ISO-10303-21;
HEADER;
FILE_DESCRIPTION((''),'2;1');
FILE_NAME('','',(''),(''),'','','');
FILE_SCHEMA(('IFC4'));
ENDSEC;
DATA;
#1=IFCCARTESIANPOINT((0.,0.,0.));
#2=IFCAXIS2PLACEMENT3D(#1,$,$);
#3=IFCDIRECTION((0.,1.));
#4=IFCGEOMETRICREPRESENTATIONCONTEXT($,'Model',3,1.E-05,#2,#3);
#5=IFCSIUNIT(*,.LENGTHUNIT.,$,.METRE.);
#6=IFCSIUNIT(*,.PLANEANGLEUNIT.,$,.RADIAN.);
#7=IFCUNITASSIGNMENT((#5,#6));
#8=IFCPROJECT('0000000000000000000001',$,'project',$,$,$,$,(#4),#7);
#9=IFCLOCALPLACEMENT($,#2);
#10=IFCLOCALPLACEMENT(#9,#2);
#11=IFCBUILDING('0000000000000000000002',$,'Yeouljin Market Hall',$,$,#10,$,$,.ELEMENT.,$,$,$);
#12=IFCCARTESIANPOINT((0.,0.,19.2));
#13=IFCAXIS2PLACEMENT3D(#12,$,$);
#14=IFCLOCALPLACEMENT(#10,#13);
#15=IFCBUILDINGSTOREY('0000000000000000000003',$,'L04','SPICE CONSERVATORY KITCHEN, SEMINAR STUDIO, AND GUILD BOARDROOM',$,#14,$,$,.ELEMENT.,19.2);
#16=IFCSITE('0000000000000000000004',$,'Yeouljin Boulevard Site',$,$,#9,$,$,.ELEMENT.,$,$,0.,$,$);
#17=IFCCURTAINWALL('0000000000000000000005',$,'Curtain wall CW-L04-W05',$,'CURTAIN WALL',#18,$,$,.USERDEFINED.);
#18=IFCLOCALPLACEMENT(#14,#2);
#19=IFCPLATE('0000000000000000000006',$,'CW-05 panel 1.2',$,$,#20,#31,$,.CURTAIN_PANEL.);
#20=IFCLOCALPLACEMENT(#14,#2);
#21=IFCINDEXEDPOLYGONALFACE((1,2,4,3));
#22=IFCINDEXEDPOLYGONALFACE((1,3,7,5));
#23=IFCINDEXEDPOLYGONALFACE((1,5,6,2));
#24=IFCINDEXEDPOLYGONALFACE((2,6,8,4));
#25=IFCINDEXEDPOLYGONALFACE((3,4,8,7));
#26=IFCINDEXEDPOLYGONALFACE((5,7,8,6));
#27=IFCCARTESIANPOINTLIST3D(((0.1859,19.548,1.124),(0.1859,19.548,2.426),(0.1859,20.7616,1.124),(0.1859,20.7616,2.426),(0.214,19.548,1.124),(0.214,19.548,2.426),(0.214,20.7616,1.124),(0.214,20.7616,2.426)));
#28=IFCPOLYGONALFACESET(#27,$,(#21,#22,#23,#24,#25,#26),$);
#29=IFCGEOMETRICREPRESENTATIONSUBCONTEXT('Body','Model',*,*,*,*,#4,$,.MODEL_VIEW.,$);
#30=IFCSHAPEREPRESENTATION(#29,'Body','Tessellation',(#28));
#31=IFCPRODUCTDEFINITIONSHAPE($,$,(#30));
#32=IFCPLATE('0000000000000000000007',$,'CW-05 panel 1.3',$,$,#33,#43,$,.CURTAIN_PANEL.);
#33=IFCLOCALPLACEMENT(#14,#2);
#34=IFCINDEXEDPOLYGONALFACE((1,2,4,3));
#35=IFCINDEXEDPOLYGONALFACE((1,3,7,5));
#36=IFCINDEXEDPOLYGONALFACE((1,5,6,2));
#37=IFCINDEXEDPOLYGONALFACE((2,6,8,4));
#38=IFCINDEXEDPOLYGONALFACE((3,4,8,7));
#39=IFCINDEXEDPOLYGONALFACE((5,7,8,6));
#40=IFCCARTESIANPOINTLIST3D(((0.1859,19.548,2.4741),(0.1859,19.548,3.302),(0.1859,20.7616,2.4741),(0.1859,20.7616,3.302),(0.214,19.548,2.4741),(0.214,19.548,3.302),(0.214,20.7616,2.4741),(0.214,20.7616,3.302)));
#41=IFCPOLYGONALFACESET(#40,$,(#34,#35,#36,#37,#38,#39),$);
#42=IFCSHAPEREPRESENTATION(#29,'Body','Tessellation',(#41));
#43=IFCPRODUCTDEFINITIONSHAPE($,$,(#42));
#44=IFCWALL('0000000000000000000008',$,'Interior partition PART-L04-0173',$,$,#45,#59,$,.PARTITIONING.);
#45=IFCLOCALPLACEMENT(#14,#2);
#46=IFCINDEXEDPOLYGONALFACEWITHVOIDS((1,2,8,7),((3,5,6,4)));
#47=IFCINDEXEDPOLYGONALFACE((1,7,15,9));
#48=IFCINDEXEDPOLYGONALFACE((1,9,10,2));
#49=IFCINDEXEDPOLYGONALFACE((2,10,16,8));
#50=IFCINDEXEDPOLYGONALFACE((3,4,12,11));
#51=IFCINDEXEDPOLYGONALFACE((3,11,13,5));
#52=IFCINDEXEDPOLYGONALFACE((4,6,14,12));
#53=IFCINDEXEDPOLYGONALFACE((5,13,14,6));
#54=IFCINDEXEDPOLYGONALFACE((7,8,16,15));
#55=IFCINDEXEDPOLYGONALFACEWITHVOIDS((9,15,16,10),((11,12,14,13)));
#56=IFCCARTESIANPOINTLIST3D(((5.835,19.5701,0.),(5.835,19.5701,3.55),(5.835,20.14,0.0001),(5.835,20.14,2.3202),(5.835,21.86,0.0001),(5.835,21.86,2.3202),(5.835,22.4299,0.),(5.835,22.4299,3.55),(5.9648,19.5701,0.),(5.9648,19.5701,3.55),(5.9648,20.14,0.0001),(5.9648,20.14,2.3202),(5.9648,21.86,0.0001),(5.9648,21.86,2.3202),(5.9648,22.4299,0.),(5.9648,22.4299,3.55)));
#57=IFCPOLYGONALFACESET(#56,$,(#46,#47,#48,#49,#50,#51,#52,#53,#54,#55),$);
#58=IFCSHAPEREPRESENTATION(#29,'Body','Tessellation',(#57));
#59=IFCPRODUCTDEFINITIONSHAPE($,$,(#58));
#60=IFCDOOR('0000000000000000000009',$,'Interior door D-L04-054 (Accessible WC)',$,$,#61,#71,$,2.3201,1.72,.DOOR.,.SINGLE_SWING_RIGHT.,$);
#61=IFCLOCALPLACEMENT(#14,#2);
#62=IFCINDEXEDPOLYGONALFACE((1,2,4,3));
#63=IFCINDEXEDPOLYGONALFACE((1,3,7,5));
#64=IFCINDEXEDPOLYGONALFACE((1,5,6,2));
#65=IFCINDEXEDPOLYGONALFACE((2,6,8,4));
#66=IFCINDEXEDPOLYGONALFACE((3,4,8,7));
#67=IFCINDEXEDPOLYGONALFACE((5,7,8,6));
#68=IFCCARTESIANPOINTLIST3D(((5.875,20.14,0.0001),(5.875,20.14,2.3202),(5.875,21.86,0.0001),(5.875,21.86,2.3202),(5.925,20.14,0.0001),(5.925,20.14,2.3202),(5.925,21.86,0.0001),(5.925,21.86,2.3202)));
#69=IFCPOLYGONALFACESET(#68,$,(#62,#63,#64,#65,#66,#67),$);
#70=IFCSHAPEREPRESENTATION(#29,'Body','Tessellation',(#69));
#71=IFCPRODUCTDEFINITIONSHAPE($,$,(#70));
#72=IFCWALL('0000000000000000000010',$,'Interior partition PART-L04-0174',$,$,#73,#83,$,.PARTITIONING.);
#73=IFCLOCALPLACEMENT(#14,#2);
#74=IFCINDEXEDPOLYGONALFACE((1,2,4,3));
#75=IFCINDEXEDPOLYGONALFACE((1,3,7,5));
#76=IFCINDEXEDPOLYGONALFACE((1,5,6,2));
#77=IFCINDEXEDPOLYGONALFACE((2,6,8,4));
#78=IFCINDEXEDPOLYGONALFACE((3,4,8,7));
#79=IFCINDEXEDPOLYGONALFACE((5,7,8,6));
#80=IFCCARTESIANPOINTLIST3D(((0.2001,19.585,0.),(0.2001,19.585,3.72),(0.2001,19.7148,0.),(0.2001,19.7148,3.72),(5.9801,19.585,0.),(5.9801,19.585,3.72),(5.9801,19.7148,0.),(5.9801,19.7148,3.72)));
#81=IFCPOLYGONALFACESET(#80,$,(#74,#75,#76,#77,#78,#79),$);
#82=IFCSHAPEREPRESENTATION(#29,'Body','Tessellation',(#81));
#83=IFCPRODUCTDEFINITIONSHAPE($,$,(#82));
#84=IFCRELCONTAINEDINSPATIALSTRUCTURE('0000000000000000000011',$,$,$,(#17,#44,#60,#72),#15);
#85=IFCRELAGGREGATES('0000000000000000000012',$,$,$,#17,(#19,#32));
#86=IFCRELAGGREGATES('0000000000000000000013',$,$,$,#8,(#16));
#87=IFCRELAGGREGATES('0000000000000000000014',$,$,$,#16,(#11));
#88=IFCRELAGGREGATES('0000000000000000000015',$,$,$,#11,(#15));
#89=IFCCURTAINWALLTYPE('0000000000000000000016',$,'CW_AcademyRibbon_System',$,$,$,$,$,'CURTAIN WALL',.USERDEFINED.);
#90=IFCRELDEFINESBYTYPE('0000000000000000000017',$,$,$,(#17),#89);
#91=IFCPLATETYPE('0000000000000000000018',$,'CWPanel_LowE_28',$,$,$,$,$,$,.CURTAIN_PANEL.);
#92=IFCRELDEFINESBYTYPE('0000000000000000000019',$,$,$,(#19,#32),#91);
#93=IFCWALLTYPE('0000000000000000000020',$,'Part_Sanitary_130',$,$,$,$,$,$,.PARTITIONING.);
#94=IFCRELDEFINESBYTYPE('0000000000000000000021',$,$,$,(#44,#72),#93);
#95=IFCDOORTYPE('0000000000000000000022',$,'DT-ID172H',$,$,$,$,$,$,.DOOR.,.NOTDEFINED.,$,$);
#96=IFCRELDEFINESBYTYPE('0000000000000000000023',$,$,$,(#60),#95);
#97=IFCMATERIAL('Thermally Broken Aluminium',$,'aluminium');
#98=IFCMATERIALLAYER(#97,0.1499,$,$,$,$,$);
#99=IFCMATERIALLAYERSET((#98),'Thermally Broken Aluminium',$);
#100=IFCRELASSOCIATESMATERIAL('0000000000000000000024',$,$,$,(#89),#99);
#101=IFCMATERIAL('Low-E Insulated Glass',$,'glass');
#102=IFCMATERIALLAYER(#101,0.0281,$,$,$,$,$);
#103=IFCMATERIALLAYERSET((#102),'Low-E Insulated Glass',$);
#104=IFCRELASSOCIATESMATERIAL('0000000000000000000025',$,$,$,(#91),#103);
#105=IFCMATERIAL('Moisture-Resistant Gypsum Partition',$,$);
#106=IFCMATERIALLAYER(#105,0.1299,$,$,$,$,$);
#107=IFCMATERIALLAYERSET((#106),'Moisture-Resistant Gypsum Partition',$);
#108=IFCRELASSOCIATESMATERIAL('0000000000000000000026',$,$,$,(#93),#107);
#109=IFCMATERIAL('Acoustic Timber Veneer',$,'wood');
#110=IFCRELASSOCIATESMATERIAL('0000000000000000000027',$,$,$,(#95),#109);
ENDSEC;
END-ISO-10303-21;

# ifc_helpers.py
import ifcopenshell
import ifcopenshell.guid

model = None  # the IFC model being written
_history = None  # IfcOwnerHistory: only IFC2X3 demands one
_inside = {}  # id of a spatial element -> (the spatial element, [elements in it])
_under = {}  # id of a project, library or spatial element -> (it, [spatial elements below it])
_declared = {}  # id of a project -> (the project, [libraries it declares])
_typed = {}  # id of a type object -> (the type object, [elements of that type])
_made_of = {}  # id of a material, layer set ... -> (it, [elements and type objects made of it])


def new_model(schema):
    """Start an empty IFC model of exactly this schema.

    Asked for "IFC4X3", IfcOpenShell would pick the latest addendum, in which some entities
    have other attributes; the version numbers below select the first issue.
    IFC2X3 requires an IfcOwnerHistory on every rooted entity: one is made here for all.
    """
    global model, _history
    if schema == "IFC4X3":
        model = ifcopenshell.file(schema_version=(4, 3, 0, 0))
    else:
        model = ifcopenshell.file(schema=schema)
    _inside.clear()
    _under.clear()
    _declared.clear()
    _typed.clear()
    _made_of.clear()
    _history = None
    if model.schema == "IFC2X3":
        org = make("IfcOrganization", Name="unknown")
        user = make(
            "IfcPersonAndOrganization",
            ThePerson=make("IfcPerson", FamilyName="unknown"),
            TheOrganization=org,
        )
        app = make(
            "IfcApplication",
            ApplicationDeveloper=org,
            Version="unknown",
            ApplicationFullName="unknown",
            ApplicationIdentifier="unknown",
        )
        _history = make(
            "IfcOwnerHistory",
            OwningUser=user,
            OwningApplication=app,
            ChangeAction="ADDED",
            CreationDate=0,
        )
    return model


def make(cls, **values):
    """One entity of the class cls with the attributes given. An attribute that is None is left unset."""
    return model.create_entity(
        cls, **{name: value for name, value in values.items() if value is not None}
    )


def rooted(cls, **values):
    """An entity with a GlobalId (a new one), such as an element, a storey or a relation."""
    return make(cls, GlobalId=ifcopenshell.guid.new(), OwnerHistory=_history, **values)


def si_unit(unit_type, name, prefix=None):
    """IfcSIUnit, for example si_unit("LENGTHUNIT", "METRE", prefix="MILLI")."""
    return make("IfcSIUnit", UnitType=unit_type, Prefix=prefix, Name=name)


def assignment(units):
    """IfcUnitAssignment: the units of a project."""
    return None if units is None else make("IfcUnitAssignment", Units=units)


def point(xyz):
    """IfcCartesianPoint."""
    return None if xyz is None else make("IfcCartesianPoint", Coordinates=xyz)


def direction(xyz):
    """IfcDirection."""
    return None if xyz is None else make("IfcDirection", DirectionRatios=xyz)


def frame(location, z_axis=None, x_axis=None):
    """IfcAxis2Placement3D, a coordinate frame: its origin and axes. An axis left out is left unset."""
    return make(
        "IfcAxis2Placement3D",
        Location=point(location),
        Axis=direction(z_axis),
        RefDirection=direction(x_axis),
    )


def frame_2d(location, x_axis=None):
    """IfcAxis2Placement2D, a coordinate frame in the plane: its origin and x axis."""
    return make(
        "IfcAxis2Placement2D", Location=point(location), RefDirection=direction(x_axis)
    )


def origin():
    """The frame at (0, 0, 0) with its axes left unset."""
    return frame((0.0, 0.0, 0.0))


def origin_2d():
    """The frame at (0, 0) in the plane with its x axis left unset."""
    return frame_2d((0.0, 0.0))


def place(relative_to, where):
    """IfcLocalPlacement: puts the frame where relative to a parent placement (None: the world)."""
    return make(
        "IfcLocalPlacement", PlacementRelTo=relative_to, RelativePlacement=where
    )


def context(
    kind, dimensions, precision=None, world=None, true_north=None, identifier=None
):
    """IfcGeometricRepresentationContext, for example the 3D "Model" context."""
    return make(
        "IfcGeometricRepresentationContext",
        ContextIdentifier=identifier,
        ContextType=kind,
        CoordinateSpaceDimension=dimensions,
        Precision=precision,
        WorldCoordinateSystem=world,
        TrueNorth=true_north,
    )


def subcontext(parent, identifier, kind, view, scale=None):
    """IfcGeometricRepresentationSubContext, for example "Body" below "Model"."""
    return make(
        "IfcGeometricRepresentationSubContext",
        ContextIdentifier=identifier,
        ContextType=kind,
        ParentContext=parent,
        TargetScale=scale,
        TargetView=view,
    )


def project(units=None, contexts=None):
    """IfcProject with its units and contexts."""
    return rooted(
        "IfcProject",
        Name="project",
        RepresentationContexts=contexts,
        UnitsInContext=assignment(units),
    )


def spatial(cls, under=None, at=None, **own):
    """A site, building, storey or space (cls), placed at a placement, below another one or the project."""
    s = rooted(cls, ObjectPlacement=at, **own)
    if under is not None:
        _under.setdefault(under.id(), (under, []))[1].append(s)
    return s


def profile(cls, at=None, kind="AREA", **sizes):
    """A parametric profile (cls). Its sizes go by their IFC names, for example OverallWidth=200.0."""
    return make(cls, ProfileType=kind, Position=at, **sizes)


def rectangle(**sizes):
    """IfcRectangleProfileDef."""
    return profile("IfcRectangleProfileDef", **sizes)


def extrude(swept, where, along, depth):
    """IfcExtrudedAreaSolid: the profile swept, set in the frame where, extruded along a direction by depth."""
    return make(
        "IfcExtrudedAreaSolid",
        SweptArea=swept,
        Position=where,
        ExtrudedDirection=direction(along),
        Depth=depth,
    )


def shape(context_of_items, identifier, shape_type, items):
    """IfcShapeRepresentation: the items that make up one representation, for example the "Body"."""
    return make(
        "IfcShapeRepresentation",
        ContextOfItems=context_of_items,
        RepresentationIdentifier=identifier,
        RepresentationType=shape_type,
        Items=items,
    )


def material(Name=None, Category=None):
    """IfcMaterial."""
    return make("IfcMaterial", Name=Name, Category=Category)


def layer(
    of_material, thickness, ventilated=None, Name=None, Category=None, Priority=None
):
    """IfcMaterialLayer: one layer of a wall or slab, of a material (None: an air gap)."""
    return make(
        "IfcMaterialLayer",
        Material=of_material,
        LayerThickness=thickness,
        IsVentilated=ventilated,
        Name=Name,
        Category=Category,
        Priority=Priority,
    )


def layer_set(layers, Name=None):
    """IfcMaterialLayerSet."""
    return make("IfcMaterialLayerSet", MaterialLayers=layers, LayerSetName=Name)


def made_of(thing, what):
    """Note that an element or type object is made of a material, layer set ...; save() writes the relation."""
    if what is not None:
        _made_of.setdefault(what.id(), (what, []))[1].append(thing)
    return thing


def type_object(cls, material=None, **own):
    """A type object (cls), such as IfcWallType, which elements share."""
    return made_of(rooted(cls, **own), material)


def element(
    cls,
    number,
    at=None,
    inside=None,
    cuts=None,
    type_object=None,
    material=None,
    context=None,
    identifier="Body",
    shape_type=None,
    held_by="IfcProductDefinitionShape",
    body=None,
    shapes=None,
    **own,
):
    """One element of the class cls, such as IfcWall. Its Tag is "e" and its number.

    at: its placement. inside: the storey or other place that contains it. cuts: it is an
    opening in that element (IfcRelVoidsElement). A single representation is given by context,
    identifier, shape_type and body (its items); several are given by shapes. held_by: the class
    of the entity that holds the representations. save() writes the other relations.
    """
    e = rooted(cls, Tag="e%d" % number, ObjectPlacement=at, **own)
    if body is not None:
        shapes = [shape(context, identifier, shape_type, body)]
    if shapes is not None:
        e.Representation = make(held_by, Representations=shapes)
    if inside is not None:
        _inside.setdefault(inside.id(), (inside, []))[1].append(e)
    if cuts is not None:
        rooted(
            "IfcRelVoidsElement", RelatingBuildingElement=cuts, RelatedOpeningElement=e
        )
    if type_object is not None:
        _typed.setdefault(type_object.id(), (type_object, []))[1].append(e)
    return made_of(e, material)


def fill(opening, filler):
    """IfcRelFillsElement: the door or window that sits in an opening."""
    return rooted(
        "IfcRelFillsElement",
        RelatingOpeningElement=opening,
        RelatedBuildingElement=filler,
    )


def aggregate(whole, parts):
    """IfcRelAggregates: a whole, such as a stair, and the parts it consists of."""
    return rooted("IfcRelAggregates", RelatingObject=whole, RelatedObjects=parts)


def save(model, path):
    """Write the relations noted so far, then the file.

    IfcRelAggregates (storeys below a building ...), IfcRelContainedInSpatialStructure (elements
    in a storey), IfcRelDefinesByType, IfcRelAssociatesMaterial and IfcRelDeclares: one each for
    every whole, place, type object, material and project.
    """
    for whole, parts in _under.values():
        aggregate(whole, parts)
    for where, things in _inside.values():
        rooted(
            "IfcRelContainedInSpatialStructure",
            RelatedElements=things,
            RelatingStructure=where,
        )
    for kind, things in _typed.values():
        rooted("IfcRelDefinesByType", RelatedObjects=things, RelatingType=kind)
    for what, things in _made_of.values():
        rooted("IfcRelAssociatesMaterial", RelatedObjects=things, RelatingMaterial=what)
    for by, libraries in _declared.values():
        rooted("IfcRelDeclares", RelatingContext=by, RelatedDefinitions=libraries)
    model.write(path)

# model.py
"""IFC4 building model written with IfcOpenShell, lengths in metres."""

from ifc_helpers import new_model, si_unit, direction, frame, frame_2d, origin, origin_2d, place, context, subcontext, project, spatial, rectangle, extrude, material, layer, layer_set, type_object, element, fill, aggregate, save


model = new_model("IFC4")

# Units and contexts
model_context = context("Model", 3, precision=1e-05, world=origin(), true_north=direction((0.0, 1.0)))
body_context = subcontext(model_context, "Body", "Model", "MODEL_VIEW")
ifc_project = project(units=[si_unit("LENGTHUNIT", "METRE"), si_unit("PLANEANGLEUNIT", "RADIAN")], contexts=[model_context])

# Site, building, storey
site_placement = place(None, origin())
site = spatial("IfcSite", under=ifc_project, at=site_placement, Name="Yeouljin Boulevard Site", CompositionType="ELEMENT", RefElevation=0.0)
building_placement = place(site_placement, origin())
building = spatial("IfcBuilding", under=site, at=building_placement, Name="Yeouljin Market Hall", CompositionType="ELEMENT")
storey_placement = place(building_placement, frame((0.0, 0.0, 19.2)))
storey = spatial("IfcBuildingStorey", under=building, at=storey_placement, Name="L04", Description="SPICE CONSERVATORY KITCHEN, SEMINAR STUDIO, AND GUILD BOARDROOM", CompositionType="ELEMENT", Elevation=19.2)

# Curtain wall
ifc_material_1 = material(Name="Thermally Broken Aluminium", Category="aluminium")
ifc_layer_1 = layer(ifc_material_1, 0.1499)
ifc_layer_set_1 = layer_set([ifc_layer_1], Name="Thermally Broken Aluminium")
curtain_wall_type = type_object("IfcCurtainWallType", Name="CW_AcademyRibbon_System", ElementType="CURTAIN WALL", PredefinedType="USERDEFINED", material=ifc_layer_set_1)
curtain_wall_placement = place(storey_placement, origin())
curtain_wall = element("IfcCurtainWall", 1, at=curtain_wall_placement, inside=storey, type_object=curtain_wall_type, Name="Curtain wall CW-L04-W05", ObjectType="CURTAIN WALL", PredefinedType="USERDEFINED")

# Plates
ifc_material_2 = material(Name="Low-E Insulated Glass", Category="glass")
ifc_layer_2 = layer(ifc_material_2, 0.0281)
ifc_layer_set_2 = layer_set([ifc_layer_2], Name="Low-E Insulated Glass")
plate_type = type_object("IfcPlateType", Name="CWPanel_LowE_28", PredefinedType="CURTAIN_PANEL", material=ifc_layer_set_2)
plate_1_placement = place(storey_placement, frame((0.2, 20.1548, 1.124), z_axis=(0.0, 0.0, 1.0), x_axis=(0.0, 1.0, 0.0)))
plate_1 = element("IfcPlate", 2, at=plate_1_placement, type_object=plate_type, Name="CW-05 panel 1.2", PredefinedType="CURTAIN_PANEL", context=body_context, shape_type="SweptSolid", body=[
    extrude(rectangle(XDim=1.2136, YDim=0.0281, at=origin_2d()), origin(), (0.0, 0.0, 1.0), 1.302),
])
plate_2_placement = place(storey_placement, frame((0.2, 20.1548, 2.4741), z_axis=(0.0, 0.0, 1.0), x_axis=(0.0, 1.0, 0.0)))
plate_2 = element("IfcPlate", 3, at=plate_2_placement, type_object=plate_type, Name="CW-05 panel 1.3", PredefinedType="CURTAIN_PANEL", context=body_context, shape_type="SweptSolid", body=[
    extrude(rectangle(XDim=1.2136, YDim=0.0281, at=origin_2d()), origin(), (0.0, 0.0, 1.0), 0.8279),
])
aggregate(curtain_wall, [plate_1, plate_2])

# Wall, opening, door
ifc_material_3 = material(Name="Moisture-Resistant Gypsum Partition")
ifc_layer_3 = layer(ifc_material_3, 0.1299)
ifc_layer_set_3 = layer_set([ifc_layer_3], Name="Moisture-Resistant Gypsum Partition")
wall_type_1 = type_object("IfcWallType", Name="Part_Sanitary_130", PredefinedType="PARTITIONING", material=ifc_layer_set_3)
wall_1_placement = place(storey_placement, frame((5.8999, 19.5701, 0.0), z_axis=(0.0, 0.0, 1.0), x_axis=(0.0, 1.0, 0.0)))
wall_1 = element("IfcWall", 4, at=wall_1_placement, inside=storey, type_object=wall_type_1, Name="Interior partition PART-L04-0173", PredefinedType="PARTITIONING", context=body_context, shape_type="SweptSolid", body=[
    extrude(rectangle(XDim=2.8599, YDim=0.1299, at=frame_2d((1.4299, 0.0))), origin(), (0.0, 0.0, 1.0), 3.55),
])
opening_1_placement = place(wall_1_placement, frame((0.5701, 0.0, 0.0)))
opening_1 = element("IfcOpeningElement", 5, at=opening_1_placement, cuts=wall_1, PredefinedType="OPENING", context=body_context, shape_type="SweptSolid", body=[
    extrude(rectangle(XDim=1.72, YDim=2.3201, at=frame_2d((0.8599, 1.1602))), frame((0.0, 0.075, 0.0), z_axis=(0.0, -1.0, 0.0), x_axis=(1.0, 0.0, 0.0)), (0.0, 0.0, 1.0), 0.1499),
])
ifc_material_4 = material(Name="Acoustic Timber Veneer", Category="wood")
door_type_1 = type_object("IfcDoorType", Name="DT-ID172H", OperationType="NOTDEFINED", PredefinedType="DOOR", material=ifc_material_4)
door_1_placement = place(opening_1_placement, origin())
door_1 = element("IfcDoor", 6, at=door_1_placement, inside=storey, type_object=door_type_1, Name="Interior door D-L04-054 (Accessible WC)", OperationType="SINGLE_SWING_RIGHT", OverallHeight=2.3201, OverallWidth=1.72, PredefinedType="DOOR", context=body_context, shape_type="SweptSolid", body=[
    extrude(rectangle(XDim=1.72, YDim=2.3201, at=frame_2d((0.8599, 1.1602))), frame((0.0, 0.0249, 0.0), z_axis=(0.0, -1.0, 0.0), x_axis=(1.0, 0.0, 0.0)), (0.0, 0.0, 1.0), 0.05),
])
fill(opening_1, door_1)

# Wall
wall_2_placement = place(storey_placement, frame((0.2, 19.6499, 0.0), z_axis=(0.0, 0.0, 1.0), x_axis=(1.0, 0.0, 0.0)))
element("IfcWall", 7, at=wall_2_placement, inside=storey, type_object=wall_type_1, Name="Interior partition PART-L04-0174", PredefinedType="PARTITIONING", context=body_context, shape_type="SweptSolid", body=[
    extrude(rectangle(XDim=5.78, YDim=0.1299, at=frame_2d((2.8901, 0.0))), origin(), (0.0, 0.0, 1.0), 3.72),
])

save(model, "model.ifc")
